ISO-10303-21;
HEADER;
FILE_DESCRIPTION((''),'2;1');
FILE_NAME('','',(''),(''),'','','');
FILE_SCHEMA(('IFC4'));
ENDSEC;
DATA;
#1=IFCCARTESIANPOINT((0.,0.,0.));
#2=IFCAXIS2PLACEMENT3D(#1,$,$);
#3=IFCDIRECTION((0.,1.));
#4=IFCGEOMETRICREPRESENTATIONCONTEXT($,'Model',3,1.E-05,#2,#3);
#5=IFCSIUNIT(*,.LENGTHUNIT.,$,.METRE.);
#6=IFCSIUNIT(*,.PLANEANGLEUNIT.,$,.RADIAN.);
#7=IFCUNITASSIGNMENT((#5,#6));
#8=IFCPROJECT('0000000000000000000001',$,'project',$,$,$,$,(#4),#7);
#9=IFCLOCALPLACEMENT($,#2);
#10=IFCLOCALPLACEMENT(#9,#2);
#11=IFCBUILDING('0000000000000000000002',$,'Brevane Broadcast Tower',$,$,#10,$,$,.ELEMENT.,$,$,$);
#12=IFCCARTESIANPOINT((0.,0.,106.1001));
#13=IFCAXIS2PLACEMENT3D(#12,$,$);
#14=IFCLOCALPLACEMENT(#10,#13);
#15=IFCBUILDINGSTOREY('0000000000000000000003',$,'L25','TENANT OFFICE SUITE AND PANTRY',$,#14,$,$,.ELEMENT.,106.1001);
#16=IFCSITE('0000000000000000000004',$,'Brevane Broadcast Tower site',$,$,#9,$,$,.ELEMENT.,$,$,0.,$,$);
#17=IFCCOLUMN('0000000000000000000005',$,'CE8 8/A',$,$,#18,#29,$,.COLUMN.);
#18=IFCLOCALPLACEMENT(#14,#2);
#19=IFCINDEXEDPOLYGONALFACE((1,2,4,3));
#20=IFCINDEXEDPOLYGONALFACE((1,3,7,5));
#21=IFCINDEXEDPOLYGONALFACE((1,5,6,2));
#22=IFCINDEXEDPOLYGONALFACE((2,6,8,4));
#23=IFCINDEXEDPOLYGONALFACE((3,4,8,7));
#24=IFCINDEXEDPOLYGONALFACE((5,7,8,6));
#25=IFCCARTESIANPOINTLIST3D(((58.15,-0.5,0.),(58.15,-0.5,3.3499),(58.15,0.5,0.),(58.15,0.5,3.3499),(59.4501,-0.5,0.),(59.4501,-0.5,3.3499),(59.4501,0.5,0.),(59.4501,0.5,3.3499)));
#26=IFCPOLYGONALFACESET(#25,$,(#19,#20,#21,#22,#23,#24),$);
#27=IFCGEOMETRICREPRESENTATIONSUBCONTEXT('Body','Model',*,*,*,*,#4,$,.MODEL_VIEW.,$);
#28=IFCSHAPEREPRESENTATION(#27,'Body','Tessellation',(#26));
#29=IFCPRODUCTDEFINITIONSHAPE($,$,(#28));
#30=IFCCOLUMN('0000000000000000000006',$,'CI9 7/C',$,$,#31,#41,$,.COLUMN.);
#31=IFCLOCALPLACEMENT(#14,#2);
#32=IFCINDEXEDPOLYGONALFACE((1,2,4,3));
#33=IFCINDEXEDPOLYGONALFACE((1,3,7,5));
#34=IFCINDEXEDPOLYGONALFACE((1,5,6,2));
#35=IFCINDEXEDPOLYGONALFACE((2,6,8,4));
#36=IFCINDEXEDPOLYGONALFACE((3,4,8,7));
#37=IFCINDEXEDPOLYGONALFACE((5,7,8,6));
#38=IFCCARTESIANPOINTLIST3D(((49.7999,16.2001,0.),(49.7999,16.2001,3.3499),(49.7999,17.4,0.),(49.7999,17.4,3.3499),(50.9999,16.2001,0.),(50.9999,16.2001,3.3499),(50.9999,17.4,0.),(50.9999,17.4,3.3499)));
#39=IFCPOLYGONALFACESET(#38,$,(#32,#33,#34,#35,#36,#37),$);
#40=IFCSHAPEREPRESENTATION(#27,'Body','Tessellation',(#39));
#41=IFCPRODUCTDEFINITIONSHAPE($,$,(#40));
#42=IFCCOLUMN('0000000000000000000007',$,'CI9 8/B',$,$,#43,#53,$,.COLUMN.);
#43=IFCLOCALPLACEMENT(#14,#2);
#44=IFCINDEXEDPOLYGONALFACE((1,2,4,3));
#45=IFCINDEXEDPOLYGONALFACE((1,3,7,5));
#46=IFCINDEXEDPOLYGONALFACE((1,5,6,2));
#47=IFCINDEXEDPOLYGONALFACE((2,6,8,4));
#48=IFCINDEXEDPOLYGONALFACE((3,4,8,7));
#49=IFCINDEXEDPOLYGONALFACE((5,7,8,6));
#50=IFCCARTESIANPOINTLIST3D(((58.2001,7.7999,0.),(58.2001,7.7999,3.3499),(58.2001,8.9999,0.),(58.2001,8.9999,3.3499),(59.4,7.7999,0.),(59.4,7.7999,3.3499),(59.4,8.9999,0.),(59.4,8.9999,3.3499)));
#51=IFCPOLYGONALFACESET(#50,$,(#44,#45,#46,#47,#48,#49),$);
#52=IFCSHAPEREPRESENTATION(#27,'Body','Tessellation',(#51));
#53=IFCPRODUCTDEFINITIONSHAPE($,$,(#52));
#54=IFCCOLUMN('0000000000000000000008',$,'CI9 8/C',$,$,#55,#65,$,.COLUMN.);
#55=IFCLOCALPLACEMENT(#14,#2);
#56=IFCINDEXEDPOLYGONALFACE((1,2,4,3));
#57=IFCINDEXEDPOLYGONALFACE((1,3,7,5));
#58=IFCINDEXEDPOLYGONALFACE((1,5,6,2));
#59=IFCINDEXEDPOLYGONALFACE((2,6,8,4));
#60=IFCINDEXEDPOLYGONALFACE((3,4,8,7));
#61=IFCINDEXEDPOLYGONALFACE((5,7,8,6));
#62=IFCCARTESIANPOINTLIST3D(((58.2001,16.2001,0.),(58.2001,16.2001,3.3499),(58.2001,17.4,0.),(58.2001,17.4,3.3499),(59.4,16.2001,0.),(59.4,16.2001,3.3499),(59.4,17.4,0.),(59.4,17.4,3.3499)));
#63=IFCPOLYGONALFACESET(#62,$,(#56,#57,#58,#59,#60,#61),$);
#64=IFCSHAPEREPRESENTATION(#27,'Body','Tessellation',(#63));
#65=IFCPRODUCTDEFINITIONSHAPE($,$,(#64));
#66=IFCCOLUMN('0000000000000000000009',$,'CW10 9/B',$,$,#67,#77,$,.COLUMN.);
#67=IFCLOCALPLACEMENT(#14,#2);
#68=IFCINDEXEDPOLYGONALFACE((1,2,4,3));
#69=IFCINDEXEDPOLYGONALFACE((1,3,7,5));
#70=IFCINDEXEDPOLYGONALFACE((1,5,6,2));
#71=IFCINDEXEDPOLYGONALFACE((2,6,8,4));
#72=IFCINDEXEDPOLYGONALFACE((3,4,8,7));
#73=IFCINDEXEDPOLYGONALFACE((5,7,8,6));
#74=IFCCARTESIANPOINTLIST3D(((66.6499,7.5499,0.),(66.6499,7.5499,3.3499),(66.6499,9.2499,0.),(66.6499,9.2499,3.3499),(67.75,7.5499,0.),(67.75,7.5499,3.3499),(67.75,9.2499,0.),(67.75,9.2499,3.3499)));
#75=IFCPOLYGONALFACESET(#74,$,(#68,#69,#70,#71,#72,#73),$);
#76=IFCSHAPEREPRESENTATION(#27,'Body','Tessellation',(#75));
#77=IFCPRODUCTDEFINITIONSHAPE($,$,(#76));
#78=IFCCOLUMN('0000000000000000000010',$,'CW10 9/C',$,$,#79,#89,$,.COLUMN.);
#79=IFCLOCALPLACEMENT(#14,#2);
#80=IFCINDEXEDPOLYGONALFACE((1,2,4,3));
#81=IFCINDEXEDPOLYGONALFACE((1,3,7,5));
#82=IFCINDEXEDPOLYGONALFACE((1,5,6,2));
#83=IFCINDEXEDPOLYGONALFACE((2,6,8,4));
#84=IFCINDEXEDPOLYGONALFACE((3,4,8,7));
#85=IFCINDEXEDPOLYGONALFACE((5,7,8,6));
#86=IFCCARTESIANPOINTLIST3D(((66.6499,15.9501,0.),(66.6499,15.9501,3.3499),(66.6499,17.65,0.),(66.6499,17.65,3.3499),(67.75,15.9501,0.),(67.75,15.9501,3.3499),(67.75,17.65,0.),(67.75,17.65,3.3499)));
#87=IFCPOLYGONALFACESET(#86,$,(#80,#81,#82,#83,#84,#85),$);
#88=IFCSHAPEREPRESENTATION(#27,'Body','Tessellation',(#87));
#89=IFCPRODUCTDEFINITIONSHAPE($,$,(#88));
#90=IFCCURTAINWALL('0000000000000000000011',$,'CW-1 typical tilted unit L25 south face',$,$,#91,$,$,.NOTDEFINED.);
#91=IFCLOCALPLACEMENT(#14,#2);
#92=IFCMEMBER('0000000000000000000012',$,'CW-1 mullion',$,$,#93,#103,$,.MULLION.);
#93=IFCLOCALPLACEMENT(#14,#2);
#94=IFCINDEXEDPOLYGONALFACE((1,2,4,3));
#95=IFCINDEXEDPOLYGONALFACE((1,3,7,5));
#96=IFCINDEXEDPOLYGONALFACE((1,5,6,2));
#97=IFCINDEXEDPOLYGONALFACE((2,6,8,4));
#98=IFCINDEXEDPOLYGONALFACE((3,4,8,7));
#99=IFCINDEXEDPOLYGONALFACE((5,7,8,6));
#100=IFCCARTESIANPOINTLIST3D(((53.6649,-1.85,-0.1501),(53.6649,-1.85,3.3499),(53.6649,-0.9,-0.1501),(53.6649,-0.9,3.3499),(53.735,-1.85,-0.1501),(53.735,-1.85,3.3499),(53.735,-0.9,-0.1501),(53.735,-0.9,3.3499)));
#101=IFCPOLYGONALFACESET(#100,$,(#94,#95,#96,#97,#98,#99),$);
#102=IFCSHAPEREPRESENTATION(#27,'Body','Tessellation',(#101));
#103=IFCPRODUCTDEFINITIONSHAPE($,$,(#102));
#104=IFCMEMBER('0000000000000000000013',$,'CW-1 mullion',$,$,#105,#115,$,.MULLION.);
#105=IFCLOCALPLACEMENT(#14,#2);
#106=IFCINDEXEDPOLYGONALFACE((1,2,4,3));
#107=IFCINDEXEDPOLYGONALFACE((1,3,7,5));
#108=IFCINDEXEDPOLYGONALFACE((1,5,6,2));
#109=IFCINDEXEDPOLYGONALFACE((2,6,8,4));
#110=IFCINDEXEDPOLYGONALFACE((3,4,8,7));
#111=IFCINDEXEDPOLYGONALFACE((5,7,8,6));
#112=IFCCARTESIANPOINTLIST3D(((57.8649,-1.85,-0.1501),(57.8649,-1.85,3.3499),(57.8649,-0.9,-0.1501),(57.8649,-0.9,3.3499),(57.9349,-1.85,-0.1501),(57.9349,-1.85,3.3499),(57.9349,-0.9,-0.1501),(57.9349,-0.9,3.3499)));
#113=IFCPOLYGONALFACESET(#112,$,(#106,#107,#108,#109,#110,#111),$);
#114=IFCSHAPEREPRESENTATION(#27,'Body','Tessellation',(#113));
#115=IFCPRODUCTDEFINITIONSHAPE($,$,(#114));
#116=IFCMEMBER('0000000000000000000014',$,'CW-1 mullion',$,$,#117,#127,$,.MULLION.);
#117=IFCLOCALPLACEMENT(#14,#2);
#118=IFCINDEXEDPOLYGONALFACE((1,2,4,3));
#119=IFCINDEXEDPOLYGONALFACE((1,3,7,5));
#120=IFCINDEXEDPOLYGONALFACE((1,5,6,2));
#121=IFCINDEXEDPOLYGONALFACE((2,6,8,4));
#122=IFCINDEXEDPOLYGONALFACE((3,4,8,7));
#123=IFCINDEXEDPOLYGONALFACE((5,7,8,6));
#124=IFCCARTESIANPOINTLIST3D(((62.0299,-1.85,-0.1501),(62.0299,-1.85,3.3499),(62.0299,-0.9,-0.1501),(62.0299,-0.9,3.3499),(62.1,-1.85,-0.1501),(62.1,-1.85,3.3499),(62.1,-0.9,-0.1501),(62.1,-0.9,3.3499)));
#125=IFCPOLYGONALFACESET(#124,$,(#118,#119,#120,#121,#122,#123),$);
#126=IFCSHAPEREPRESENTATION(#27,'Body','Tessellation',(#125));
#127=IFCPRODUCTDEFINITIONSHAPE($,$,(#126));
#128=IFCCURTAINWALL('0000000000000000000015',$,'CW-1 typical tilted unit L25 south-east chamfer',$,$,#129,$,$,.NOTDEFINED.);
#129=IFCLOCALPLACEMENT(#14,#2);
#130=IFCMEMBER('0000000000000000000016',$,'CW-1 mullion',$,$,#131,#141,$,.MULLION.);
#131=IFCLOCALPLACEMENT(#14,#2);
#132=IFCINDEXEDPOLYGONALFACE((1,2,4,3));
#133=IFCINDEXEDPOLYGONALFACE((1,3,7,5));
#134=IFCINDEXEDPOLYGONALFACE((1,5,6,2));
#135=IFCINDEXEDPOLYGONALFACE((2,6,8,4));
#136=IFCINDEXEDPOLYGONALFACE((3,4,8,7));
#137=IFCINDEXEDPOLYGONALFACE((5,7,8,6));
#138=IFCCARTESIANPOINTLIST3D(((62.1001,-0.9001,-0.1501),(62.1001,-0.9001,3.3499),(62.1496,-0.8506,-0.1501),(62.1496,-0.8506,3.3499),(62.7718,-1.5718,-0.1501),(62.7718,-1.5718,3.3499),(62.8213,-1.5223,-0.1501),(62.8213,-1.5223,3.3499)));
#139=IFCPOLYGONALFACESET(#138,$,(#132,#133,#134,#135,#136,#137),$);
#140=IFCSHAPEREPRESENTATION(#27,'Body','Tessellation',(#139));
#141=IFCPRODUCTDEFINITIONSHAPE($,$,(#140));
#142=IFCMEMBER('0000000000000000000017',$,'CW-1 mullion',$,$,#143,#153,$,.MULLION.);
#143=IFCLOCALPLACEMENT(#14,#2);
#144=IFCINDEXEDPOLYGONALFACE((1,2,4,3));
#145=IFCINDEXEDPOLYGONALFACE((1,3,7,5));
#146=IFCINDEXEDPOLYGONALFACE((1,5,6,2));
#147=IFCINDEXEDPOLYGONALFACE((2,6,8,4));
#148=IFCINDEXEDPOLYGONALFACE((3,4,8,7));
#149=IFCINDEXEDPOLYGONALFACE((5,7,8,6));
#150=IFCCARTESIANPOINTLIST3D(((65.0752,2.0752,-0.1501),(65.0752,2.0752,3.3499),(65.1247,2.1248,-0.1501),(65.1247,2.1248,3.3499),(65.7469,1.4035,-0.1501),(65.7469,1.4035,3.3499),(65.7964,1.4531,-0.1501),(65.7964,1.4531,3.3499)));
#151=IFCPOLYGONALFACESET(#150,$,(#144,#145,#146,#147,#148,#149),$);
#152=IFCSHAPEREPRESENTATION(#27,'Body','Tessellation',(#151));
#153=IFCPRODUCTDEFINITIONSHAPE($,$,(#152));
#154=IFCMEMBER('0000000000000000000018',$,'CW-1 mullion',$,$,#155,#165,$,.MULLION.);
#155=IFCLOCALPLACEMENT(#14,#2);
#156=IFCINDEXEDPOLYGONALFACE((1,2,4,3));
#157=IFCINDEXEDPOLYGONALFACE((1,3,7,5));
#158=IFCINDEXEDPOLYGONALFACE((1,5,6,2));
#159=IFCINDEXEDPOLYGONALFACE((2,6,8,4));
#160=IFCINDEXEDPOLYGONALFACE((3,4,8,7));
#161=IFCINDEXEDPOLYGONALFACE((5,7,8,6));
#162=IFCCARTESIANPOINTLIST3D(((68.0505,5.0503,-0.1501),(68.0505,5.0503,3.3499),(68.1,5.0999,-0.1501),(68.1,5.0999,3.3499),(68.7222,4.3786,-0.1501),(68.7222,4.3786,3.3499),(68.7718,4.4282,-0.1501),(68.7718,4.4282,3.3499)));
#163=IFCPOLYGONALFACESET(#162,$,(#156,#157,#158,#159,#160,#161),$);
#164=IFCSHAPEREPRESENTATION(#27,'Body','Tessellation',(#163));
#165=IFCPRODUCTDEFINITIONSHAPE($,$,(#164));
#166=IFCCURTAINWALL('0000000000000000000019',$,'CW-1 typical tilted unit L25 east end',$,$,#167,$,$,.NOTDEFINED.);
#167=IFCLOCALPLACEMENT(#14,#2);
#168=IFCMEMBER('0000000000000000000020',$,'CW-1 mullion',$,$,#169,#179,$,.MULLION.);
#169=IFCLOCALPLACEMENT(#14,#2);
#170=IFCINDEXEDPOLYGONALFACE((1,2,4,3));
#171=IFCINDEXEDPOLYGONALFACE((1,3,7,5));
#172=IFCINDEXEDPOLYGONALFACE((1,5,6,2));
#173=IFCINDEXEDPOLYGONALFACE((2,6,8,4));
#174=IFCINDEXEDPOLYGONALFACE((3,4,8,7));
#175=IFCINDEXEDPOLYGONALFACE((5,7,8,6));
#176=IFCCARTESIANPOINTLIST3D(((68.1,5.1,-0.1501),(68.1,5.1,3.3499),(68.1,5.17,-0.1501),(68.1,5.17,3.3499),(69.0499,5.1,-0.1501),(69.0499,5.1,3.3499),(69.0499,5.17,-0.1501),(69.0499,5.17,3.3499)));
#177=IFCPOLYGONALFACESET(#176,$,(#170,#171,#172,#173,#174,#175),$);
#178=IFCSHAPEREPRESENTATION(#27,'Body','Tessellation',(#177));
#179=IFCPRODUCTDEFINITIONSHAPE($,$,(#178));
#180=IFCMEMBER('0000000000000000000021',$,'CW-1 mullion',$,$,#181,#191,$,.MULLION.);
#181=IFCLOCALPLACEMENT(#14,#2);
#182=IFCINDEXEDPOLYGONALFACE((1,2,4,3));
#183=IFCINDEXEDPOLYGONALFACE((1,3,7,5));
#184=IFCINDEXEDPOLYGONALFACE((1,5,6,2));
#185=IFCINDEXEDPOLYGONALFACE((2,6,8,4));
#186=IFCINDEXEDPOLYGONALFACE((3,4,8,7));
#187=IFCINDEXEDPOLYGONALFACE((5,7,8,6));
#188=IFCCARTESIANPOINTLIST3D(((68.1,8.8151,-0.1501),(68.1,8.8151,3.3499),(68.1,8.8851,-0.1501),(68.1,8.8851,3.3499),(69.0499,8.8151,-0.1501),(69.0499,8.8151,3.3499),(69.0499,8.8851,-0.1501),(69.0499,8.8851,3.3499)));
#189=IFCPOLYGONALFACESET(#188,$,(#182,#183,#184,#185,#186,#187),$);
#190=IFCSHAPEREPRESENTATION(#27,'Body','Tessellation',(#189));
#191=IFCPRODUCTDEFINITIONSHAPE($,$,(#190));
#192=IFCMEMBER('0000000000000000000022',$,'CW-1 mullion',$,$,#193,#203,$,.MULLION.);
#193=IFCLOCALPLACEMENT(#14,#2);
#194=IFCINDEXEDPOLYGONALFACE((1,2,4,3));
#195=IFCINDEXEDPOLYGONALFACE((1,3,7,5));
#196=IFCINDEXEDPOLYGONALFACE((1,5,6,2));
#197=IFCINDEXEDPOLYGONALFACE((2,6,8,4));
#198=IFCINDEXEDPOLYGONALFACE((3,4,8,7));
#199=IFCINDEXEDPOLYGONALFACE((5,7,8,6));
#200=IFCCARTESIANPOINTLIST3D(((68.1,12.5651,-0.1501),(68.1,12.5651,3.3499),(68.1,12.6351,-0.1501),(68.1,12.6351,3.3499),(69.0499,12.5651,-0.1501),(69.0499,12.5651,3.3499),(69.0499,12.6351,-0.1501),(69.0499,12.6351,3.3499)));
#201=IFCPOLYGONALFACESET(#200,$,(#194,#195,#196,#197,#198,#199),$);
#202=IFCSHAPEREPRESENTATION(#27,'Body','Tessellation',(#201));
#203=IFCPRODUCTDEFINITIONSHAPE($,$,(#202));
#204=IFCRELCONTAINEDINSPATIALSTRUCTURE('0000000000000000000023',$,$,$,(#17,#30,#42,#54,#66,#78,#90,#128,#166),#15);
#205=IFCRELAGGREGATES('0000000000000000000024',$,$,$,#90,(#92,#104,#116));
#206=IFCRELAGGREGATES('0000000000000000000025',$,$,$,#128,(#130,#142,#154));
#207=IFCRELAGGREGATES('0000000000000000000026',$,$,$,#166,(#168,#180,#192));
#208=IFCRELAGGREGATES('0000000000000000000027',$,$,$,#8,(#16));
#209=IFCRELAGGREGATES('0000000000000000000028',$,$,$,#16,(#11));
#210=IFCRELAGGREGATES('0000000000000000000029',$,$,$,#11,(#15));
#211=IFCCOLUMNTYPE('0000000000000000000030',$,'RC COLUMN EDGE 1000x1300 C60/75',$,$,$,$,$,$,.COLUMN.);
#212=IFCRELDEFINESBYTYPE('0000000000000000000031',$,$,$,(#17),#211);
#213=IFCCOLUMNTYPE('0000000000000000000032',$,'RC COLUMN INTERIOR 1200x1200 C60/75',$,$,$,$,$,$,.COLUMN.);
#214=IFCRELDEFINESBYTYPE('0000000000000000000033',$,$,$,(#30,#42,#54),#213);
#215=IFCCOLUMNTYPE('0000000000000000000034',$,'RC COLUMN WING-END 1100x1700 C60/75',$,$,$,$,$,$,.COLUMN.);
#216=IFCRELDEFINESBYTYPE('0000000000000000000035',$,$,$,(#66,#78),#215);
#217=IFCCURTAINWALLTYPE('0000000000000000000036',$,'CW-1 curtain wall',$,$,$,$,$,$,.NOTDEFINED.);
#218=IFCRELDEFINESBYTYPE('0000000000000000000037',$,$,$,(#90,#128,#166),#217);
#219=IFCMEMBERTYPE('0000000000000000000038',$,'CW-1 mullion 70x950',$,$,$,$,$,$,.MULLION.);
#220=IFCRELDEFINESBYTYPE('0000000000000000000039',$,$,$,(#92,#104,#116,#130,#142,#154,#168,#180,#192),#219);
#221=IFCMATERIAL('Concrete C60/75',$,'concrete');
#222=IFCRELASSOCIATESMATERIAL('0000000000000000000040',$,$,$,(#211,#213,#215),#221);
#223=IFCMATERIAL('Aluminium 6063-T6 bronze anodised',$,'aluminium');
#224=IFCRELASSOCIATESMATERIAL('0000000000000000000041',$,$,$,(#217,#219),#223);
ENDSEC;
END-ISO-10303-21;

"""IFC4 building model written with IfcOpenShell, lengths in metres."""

from ifc_helpers import new_model, si_unit, direction, frame, origin, origin_2d, place, context, subcontext, project, spatial, rectangle, extrude, material, material_profile, profile_set, type_object, element, aggregate, save


model = new_model("IFC4")

# Units and contexts
model_context = context("Model", 3, precision=1e-05, world=origin(), true_north=direction((0.0, 1.0)))
body_context = subcontext(model_context, "Body", "Model", "MODEL_VIEW")
ifc_project = project(units=[si_unit("LENGTHUNIT", "METRE"), si_unit("PLANEANGLEUNIT", "RADIAN")], contexts=[model_context])

# Site, building, storey
site_placement = place(None, origin())
site = spatial("IfcSite", under=ifc_project, at=site_placement, Name="Brevane Broadcast Tower site", CompositionType="ELEMENT", RefElevation=0.0)
building_placement = place(site_placement, origin())
building = spatial("IfcBuilding", under=site, at=building_placement, Name="Brevane Broadcast Tower", CompositionType="ELEMENT")
storey_placement = place(building_placement, frame((0.0, 0.0, 106.1001)))
storey = spatial("IfcBuildingStorey", under=building, at=storey_placement, Name="L25", Description="TENANT OFFICE SUITE AND PANTRY", CompositionType="ELEMENT", Elevation=106.1001)

# Columns
ifc_material_1 = material(Name="Concrete C60/75", Category="concrete")
ifc_material_profile_1 = material_profile(ifc_material_1, rectangle(XDim=1.0, YDim=1.3, at=origin_2d()), Name="RC 1000x1300")
ifc_profile_set_1 = profile_set([ifc_material_profile_1], Name="Concrete C60/75")
column_type_1 = type_object("IfcColumnType", Name="RC COLUMN EDGE 1000x1300 C60/75", PredefinedType="COLUMN", material=ifc_profile_set_1)
column_placement = place(storey_placement, frame((58.8, 0.0, 0.0), z_axis=(0.0, 0.0, 1.0), x_axis=(0.0, 1.0, 0.0)))
element("IfcColumn", 1, at=column_placement, inside=storey, type_object=column_type_1, Name="CE8 8/A", PredefinedType="COLUMN", context=body_context, shape_type="SweptSolid", body=[
    extrude(rectangle(XDim=1.0, YDim=1.3, at=origin_2d()), origin(), (0.0, 0.0, 1.0), 3.3499),
])
ifc_material_profile_2 = material_profile(ifc_material_1, rectangle(XDim=1.2, YDim=1.2, at=origin_2d()), Name="RC 1200x1200")
ifc_profile_set_2 = profile_set([ifc_material_profile_2], Name="Concrete C60/75")
column_type_2 = type_object("IfcColumnType", Name="RC COLUMN INTERIOR 1200x1200 C60/75", PredefinedType="COLUMN", material=ifc_profile_set_2)
for number, where, z_axis, x_axis, name in (
    (2, (50.3999, 16.8, 0.0), (0.0, 0.0, 1.0), (1.0, 0.0, 0.0), "CI9 7/C"),
    (3, (58.8, 8.3999, 0.0), (0.0, 0.0, 1.0), (1.0, 0.0, 0.0), "CI9 8/B"),
    (4, (58.8, 16.8, 0.0), (0.0, 0.0, 1.0), (1.0, 0.0, 0.0), "CI9 8/C"),
):
    element("IfcColumn", number, at=place(storey_placement, frame(where, z_axis=z_axis, x_axis=x_axis)), inside=storey, type_object=column_type_2, Name=name, PredefinedType="COLUMN", context=body_context, shape_type="SweptSolid", body=[
        extrude(rectangle(XDim=1.2, YDim=1.2, at=origin_2d()), origin(), (0.0, 0.0, 1.0), 3.3499),
    ])
ifc_material_profile_3 = material_profile(ifc_material_1, rectangle(XDim=1.1001, YDim=1.7, at=origin_2d()), Name="RC 1100x1700")
ifc_profile_set_3 = profile_set([ifc_material_profile_3], Name="Concrete C60/75")
column_type_3 = type_object("IfcColumnType", Name="RC COLUMN WING-END 1100x1700 C60/75", PredefinedType="COLUMN", material=ifc_profile_set_3)
for number, where, z_axis, x_axis, name in (
    (5, (67.2, 8.3999, 0.0), (0.0, 0.0, 1.0), (1.0, 0.0, 0.0), "CW10 9/B"),
    (6, (67.2, 16.8, 0.0), (0.0, 0.0, 1.0), (1.0, 0.0, 0.0), "CW10 9/C"),
):
    element("IfcColumn", number, at=place(storey_placement, frame(where, z_axis=z_axis, x_axis=x_axis)), inside=storey, type_object=column_type_3, Name=name, PredefinedType="COLUMN", context=body_context, shape_type="SweptSolid", body=[
        extrude(rectangle(XDim=1.1001, YDim=1.7, at=origin_2d()), origin(), (0.0, 0.0, 1.0), 3.3499),
    ])

# Curtain walls, members
ifc_material_2 = material(Name="Aluminium 6063-T6 bronze anodised", Category="aluminium")
curtain_wall_type = type_object("IfcCurtainWallType", Name="CW-1 curtain wall", PredefinedType="NOTDEFINED", material=ifc_material_2)
curtain_wall_1_placement = place(storey_placement, origin())
curtain_wall_1 = element("IfcCurtainWall", 7, at=curtain_wall_1_placement, inside=storey, type_object=curtain_wall_type, Name="CW-1 typical tilted unit L25 south face", PredefinedType="NOTDEFINED")
ifc_material_profile_4 = material_profile(ifc_material_2, rectangle(XDim=0.95, YDim=0.0701, at=origin_2d()), Name="RECT 70x950")
ifc_profile_set_4 = profile_set([ifc_material_profile_4], Name="Aluminium 6063-T6 bronze anodised")
member_type_1 = type_object("IfcMemberType", Name="CW-1 mullion 70x950", PredefinedType="MULLION", material=ifc_profile_set_4)
member_1_placement = place(storey_placement, frame((53.7, -1.375, -0.1501), z_axis=(0.0, 0.0, 1.0), x_axis=(0.0, 1.0, 0.0)))
member_1 = element("IfcMember", 8, at=member_1_placement, type_object=member_type_1, Name="CW-1 mullion", PredefinedType="MULLION", context=body_context, shape_type="SweptSolid", body=[
    extrude(rectangle(XDim=0.95, YDim=0.0701, at=origin_2d()), origin(), (0.0, 0.0, 1.0), 3.5),
])
member_2_placement = place(storey_placement, frame((57.8999, -1.375, -0.1501), z_axis=(0.0, 0.0, 1.0), x_axis=(0.0, 1.0, 0.0)))
member_2 = element("IfcMember", 9, at=member_2_placement, type_object=member_type_1, Name="CW-1 mullion", PredefinedType="MULLION", context=body_context, shape_type="SweptSolid", body=[
    extrude(rectangle(XDim=0.95, YDim=0.0701, at=origin_2d()), origin(), (0.0, 0.0, 1.0), 3.5),
])
member_3_placement = place(storey_placement, frame((62.0649, -1.375, -0.1501), z_axis=(0.0, 0.0, 1.0), x_axis=(0.0, 1.0, 0.0)))
member_3 = element("IfcMember", 10, at=member_3_placement, type_object=member_type_1, Name="CW-1 mullion", PredefinedType="MULLION", context=body_context, shape_type="SweptSolid", body=[
    extrude(rectangle(XDim=0.95, YDim=0.0701, at=origin_2d()), origin(), (0.0, 0.0, 1.0), 3.5),
])
aggregate(curtain_wall_1, [member_1, member_2, member_3])
curtain_wall_2_placement = place(storey_placement, origin())
curtain_wall_2 = element("IfcCurtainWall", 11, at=curtain_wall_2_placement, inside=storey, type_object=curtain_wall_type, Name="CW-1 typical tilted unit L25 south-east chamfer", PredefinedType="NOTDEFINED")
member_4_placement = place(storey_placement, frame((62.4607, -1.2112, -0.1501), z_axis=(0.0, 0.0, 1.0), x_axis=(-0.707107, 0.707107, 0.0)))
member_4 = element("IfcMember", 12, at=member_4_placement, type_object=member_type_1, Name="CW-1 mullion", PredefinedType="MULLION", context=body_context, shape_type="SweptSolid", body=[
    extrude(rectangle(XDim=0.95, YDim=0.0701, at=origin_2d()), origin(), (0.0, 0.0, 1.0), 3.5),
])
member_5_placement = place(storey_placement, frame((65.4358, 1.7642, -0.1501), z_axis=(0.0, 0.0, 1.0), x_axis=(-0.707107, 0.707107, 0.0)))
member_5 = element("IfcMember", 13, at=member_5_placement, type_object=member_type_1, Name="CW-1 mullion", PredefinedType="MULLION", context=body_context, shape_type="SweptSolid", body=[
    extrude(rectangle(XDim=0.95, YDim=0.0701, at=origin_2d()), origin(), (0.0, 0.0, 1.0), 3.5),
])
member_6_placement = place(storey_placement, frame((68.4111, 4.7393, -0.1501), z_axis=(0.0, 0.0, 1.0), x_axis=(-0.707107, 0.707107, 0.0)))
member_6 = element("IfcMember", 14, at=member_6_placement, type_object=member_type_1, Name="CW-1 mullion", PredefinedType="MULLION", context=body_context, shape_type="SweptSolid", body=[
    extrude(rectangle(XDim=0.95, YDim=0.0701, at=origin_2d()), origin(), (0.0, 0.0, 1.0), 3.5),
])
curtain_wall_3_placement = place(storey_placement, origin())
curtain_wall_3 = element("IfcCurtainWall", 15, at=curtain_wall_3_placement, inside=storey, type_object=curtain_wall_type, Name="CW-1 typical tilted unit L25 east end", PredefinedType="NOTDEFINED")
member_7_placement = place(storey_placement, frame((68.575, 5.135, -0.1501), z_axis=(0.0, 0.0, 1.0), x_axis=(-1.0, 0.0, 0.0)))
member_7 = element("IfcMember", 16, at=member_7_placement, type_object=member_type_1, Name="CW-1 mullion", PredefinedType="MULLION", context=body_context, shape_type="SweptSolid", body=[
    extrude(rectangle(XDim=0.95, YDim=0.0701, at=origin_2d()), origin(), (0.0, 0.0, 1.0), 3.5),
])
member_8_placement = place(storey_placement, frame((68.575, 8.8501, -0.1501), z_axis=(0.0, 0.0, 1.0), x_axis=(-1.0, 0.0, 0.0)))
member_8 = element("IfcMember", 17, at=member_8_placement, type_object=member_type_1, Name="CW-1 mullion", PredefinedType="MULLION", context=body_context, shape_type="SweptSolid", body=[
    extrude(rectangle(XDim=0.95, YDim=0.0701, at=origin_2d()), origin(), (0.0, 0.0, 1.0), 3.5),
])
member_9_placement = place(storey_placement, frame((68.575, 12.6001, -0.1501), z_axis=(0.0, 0.0, 1.0), x_axis=(-1.0, 0.0, 0.0)))
member_9 = element("IfcMember", 18, at=member_9_placement, type_object=member_type_1, Name="CW-1 mullion", PredefinedType="MULLION", context=body_context, shape_type="SweptSolid", body=[
    extrude(rectangle(XDim=0.95, YDim=0.0701, at=origin_2d()), origin(), (0.0, 0.0, 1.0), 3.5),
])

aggregate(curtain_wall_2, [member_4, member_5, member_6])
aggregate(curtain_wall_3, [member_7, member_8, member_9])

save(model, "model.ifc")
